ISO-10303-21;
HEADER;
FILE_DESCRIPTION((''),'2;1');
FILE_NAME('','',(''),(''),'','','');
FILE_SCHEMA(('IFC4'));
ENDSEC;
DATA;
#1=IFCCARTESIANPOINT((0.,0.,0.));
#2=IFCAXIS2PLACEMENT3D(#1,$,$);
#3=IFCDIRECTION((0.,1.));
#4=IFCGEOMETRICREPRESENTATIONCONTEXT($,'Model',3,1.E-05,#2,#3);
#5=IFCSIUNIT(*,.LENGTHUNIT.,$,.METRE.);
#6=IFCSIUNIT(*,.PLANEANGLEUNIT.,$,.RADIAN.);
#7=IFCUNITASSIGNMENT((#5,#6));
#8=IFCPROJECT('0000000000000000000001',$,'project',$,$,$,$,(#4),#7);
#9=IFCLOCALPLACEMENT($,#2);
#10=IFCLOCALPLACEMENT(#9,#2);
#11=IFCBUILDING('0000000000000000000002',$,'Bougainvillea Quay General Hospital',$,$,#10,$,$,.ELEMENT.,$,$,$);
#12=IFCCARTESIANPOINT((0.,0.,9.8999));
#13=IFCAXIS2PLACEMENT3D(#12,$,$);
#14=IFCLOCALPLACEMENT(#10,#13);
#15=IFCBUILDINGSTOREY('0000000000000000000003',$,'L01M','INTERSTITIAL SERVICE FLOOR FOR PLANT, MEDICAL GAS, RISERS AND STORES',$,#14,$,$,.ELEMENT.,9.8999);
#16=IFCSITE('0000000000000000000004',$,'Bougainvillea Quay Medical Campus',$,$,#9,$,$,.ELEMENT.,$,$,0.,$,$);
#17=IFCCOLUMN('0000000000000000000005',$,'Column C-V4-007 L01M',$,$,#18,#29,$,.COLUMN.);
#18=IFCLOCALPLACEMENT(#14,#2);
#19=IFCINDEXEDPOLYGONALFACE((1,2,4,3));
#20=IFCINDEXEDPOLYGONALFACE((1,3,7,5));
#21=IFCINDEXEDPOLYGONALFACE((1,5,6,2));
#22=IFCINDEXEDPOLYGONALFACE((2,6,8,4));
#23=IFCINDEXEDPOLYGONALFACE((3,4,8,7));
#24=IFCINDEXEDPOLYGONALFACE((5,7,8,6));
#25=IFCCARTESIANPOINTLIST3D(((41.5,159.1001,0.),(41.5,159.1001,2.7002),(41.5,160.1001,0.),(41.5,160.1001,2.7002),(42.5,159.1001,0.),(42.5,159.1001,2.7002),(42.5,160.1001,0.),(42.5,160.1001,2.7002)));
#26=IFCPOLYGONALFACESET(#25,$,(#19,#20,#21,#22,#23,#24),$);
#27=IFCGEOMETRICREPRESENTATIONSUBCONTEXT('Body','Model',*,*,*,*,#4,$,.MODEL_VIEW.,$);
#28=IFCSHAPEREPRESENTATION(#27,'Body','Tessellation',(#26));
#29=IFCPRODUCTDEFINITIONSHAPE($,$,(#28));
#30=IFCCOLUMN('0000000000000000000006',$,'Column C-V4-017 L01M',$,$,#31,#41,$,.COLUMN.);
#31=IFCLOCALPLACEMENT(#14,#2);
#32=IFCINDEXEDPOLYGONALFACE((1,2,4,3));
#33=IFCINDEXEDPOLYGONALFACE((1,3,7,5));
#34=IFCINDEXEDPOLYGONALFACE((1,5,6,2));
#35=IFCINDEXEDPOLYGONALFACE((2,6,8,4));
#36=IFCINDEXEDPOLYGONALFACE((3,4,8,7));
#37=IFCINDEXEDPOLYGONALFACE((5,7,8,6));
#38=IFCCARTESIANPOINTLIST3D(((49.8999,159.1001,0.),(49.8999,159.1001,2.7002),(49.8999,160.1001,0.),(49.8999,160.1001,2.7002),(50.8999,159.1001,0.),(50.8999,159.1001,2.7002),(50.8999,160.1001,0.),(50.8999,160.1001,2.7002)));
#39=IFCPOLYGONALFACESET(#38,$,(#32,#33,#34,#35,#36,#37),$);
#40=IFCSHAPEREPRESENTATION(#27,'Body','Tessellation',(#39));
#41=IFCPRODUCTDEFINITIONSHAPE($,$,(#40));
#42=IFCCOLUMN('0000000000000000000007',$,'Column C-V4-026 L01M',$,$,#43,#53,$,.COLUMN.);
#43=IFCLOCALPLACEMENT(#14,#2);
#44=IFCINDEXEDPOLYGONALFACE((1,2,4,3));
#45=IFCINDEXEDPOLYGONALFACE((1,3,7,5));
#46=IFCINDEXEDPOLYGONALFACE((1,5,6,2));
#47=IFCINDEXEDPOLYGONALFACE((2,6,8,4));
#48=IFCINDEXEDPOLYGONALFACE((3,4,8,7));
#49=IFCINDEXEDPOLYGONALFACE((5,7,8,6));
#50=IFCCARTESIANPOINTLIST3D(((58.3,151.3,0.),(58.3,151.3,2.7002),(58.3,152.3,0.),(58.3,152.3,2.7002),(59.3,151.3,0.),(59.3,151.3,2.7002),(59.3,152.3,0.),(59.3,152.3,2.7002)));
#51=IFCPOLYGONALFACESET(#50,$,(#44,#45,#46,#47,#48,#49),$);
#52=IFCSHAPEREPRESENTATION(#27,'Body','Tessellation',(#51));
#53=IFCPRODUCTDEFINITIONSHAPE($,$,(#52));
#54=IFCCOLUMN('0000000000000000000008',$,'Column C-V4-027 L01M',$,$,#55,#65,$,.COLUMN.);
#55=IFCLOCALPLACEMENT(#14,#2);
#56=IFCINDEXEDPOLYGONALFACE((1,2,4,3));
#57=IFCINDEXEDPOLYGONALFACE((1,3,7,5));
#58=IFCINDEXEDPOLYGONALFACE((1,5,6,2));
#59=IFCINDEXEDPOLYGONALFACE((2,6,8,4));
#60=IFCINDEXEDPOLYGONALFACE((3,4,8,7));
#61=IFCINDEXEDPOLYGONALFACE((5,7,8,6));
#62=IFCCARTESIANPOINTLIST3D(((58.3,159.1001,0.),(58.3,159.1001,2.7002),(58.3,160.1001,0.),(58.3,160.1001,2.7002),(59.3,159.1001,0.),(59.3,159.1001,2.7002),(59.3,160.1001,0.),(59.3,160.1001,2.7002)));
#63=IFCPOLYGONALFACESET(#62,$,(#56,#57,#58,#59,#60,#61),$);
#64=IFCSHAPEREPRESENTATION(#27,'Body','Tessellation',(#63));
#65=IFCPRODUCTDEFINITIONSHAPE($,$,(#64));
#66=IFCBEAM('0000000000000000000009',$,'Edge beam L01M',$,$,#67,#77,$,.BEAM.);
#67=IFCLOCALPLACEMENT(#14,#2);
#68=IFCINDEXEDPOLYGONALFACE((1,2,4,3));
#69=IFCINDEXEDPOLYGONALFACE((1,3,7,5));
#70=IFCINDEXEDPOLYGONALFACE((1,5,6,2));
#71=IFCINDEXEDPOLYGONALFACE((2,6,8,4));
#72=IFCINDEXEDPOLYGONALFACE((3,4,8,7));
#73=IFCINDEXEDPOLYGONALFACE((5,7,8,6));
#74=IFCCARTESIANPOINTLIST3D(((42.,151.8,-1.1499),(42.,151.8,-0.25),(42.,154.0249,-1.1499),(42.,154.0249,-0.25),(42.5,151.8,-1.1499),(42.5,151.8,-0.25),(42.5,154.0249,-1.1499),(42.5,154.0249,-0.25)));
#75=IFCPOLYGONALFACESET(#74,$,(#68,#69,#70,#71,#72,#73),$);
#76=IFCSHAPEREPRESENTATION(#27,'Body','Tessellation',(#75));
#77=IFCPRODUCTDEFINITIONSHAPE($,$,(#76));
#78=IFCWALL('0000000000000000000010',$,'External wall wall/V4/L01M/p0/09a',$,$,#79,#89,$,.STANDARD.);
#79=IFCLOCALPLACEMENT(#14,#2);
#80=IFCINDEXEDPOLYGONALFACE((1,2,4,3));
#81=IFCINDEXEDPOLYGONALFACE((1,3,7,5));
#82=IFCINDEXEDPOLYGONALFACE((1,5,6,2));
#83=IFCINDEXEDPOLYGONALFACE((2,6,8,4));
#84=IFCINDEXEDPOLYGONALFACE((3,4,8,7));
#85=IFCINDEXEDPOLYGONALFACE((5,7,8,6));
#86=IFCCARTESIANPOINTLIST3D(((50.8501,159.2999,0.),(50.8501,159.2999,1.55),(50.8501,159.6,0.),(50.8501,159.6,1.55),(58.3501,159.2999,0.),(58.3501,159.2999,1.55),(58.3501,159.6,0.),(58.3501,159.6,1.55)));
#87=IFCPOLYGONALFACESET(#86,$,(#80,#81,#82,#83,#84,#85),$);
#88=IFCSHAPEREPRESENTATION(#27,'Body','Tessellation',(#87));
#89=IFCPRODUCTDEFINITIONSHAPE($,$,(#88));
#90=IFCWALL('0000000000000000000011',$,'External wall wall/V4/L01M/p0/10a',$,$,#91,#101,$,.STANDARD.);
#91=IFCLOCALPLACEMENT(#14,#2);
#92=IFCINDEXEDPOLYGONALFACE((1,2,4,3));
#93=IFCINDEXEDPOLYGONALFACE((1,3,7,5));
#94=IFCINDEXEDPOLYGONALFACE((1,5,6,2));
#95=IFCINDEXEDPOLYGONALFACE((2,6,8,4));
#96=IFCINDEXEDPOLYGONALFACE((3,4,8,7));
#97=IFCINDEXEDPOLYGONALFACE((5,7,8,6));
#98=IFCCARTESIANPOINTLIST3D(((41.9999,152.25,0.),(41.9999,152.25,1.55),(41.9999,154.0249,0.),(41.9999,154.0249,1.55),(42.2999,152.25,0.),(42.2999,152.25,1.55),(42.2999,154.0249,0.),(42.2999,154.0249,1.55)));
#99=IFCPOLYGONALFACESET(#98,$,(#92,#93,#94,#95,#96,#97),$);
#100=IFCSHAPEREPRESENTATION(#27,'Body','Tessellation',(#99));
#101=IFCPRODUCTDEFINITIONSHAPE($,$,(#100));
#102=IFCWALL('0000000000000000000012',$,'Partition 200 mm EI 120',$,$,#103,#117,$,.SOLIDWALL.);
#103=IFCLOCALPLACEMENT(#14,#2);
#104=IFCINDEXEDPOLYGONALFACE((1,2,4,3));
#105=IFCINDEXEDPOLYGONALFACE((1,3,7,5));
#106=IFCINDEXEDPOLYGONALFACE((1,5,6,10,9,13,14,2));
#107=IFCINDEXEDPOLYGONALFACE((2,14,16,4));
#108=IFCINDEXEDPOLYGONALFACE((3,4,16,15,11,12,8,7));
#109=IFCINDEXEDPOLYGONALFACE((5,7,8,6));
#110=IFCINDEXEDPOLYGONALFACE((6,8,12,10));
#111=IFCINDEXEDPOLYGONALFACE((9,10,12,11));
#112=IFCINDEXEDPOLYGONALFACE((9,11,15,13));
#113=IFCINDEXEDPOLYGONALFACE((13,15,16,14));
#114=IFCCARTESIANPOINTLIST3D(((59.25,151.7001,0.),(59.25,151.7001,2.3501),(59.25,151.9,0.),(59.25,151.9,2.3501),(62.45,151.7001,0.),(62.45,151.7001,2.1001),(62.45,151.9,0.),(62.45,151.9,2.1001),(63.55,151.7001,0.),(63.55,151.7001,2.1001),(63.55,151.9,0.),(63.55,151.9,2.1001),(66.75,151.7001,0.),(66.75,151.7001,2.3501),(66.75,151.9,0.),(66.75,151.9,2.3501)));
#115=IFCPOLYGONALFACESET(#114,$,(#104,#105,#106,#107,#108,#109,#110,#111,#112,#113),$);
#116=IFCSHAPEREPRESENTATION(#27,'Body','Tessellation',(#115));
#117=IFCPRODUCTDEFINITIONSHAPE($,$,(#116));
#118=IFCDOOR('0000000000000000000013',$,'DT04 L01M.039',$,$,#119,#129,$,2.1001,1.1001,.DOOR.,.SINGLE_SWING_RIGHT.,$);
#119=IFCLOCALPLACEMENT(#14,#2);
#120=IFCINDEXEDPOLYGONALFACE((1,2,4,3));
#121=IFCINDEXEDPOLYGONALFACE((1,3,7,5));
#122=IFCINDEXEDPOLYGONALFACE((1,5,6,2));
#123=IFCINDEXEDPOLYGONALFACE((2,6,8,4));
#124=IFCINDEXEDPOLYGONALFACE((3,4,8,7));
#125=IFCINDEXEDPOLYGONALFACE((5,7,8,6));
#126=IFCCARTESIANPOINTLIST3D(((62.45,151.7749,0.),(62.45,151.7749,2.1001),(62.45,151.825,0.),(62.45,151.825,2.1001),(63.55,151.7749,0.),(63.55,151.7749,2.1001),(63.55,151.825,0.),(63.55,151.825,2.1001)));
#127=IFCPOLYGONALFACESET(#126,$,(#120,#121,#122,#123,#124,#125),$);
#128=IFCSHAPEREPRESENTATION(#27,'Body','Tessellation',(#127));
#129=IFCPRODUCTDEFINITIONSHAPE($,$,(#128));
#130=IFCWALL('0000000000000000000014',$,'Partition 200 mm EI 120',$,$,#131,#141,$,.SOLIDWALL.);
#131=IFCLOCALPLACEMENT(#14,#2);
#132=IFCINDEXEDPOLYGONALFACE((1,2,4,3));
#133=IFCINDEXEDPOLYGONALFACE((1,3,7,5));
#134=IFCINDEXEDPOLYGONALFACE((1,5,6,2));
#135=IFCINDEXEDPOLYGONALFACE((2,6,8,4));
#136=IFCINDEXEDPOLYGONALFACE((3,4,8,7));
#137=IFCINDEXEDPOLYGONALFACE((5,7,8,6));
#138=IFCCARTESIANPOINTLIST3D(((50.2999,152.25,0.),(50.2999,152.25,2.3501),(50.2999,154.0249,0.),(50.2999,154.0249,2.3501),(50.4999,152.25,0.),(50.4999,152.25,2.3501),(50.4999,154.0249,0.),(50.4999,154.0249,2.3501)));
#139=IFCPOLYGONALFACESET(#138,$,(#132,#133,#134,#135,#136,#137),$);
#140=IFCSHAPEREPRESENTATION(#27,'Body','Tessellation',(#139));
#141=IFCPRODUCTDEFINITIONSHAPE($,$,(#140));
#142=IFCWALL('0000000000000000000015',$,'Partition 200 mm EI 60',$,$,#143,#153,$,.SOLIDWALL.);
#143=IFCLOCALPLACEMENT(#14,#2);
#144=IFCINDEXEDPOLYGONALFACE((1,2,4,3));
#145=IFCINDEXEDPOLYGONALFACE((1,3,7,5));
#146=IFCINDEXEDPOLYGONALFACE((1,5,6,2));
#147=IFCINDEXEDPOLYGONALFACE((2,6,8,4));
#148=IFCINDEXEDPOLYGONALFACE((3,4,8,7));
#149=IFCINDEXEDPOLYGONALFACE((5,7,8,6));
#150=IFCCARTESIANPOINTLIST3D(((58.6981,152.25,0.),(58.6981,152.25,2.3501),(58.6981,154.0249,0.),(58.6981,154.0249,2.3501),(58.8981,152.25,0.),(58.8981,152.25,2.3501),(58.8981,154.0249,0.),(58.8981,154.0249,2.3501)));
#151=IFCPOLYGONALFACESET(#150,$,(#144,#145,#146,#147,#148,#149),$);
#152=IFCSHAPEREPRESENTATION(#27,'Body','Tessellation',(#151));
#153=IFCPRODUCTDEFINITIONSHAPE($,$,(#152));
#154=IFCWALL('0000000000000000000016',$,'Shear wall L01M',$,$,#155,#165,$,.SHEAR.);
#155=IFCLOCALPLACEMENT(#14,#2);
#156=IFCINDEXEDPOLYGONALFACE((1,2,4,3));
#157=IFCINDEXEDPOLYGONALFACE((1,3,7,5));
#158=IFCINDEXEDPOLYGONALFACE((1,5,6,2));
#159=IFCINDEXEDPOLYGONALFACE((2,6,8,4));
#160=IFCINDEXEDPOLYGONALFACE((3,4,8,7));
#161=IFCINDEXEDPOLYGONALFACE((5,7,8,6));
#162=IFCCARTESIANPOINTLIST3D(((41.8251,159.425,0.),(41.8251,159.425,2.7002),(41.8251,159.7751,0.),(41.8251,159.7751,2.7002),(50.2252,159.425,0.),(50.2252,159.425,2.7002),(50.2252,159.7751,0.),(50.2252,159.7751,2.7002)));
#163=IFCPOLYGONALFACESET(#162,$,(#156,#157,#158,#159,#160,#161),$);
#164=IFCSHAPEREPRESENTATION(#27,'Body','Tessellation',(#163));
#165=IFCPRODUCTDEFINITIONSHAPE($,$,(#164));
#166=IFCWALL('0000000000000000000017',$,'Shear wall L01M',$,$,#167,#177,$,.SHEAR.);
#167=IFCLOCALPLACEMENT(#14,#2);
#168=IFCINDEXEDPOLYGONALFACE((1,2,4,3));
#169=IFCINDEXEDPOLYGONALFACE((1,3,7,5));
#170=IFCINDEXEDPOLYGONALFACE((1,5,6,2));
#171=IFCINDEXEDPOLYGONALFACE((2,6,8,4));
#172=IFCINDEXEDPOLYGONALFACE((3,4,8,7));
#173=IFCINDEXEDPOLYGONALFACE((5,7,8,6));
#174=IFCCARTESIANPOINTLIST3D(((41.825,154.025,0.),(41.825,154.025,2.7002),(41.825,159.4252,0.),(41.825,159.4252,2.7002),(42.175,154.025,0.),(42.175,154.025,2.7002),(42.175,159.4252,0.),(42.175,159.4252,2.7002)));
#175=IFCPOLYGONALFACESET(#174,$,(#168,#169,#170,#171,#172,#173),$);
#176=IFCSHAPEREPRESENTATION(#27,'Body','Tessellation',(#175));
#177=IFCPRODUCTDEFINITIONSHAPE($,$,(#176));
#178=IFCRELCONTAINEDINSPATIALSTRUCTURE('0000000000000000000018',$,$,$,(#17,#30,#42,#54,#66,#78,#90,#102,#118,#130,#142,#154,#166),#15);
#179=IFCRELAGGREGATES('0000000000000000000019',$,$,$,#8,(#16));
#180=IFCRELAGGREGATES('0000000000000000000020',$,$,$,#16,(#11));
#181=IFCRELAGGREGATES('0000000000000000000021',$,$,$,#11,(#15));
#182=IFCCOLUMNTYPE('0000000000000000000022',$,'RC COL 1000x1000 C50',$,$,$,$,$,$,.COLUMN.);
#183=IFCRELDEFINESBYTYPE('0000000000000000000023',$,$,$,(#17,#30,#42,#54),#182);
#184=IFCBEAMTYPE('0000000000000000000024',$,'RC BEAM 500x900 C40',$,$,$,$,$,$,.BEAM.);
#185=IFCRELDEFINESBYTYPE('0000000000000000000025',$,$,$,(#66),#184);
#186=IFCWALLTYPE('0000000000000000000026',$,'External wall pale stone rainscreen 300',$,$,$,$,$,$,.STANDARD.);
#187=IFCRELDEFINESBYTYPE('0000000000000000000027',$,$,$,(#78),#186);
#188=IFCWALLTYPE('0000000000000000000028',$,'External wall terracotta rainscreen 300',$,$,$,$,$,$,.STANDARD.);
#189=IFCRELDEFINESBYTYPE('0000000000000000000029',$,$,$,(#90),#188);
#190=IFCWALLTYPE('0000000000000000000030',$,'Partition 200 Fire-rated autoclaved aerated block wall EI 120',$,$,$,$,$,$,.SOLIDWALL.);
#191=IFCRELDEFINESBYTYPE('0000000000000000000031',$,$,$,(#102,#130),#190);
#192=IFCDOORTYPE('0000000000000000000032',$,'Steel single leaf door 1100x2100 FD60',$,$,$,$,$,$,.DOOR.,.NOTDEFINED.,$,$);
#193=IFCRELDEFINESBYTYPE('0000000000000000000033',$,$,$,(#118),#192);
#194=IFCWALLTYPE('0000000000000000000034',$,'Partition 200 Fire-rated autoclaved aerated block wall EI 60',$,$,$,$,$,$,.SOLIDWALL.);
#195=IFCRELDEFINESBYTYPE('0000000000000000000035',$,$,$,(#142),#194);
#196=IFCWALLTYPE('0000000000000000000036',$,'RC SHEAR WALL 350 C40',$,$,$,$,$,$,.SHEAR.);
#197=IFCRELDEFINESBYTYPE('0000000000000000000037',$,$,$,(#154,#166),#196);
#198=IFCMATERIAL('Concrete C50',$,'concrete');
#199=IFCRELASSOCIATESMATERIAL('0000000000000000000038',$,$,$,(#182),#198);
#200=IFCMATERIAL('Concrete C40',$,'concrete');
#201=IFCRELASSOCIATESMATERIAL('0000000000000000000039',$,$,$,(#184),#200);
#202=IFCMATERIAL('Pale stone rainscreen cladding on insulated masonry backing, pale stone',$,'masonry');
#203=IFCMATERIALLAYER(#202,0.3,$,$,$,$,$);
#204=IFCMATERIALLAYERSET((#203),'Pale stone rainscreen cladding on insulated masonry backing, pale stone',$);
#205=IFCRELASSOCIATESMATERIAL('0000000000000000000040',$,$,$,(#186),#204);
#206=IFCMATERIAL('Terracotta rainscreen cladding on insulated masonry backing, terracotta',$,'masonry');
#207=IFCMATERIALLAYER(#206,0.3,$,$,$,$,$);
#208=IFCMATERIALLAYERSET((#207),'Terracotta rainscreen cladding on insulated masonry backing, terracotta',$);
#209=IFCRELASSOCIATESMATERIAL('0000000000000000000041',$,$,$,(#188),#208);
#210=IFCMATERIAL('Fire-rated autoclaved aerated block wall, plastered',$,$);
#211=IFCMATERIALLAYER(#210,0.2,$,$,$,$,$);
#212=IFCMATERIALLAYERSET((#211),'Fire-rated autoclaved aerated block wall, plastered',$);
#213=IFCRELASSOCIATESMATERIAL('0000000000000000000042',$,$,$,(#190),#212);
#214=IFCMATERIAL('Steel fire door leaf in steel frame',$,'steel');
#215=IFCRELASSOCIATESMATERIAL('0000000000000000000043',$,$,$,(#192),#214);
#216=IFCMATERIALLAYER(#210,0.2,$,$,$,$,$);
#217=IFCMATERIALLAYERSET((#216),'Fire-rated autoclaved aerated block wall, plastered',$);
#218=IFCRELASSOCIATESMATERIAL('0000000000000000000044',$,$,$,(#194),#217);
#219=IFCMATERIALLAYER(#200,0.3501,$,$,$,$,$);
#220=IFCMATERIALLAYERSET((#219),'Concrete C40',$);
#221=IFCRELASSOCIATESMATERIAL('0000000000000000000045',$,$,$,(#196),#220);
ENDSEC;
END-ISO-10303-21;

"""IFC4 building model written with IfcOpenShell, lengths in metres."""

from ifc_helpers import new_model, si_unit, direction, frame, frame_2d, origin, origin_2d, place, context, subcontext, project, spatial, rectangle, extrude, material, layer, layer_set, material_profile, profile_set, type_object, element, fill, save


model = new_model("IFC4")

# Units and contexts
model_context = context("Model", 3, precision=1e-05, world=origin(), true_north=direction((0.0, 1.0)))
body_context = subcontext(model_context, "Body", "Model", "MODEL_VIEW")
ifc_project = project(units=[si_unit("LENGTHUNIT", "METRE"), si_unit("PLANEANGLEUNIT", "RADIAN")], contexts=[model_context])

# Site, building, storey
site_placement = place(None, origin())
site = spatial("IfcSite", under=ifc_project, at=site_placement, Name="Bougainvillea Quay Medical Campus", CompositionType="ELEMENT", RefElevation=0.0)
building_placement = place(site_placement, origin())
building = spatial("IfcBuilding", under=site, at=building_placement, Name="Bougainvillea Quay General Hospital", CompositionType="ELEMENT")
storey_placement = place(building_placement, frame((0.0, 0.0, 9.8999)))
storey = spatial("IfcBuildingStorey", under=building, at=storey_placement, Name="L01M", Description="INTERSTITIAL SERVICE FLOOR FOR PLANT, MEDICAL GAS, RISERS AND STORES", CompositionType="ELEMENT", Elevation=9.8999)

# Columns
ifc_material_1 = material(Name="Concrete C50", Category="concrete")
ifc_material_profile_1 = material_profile(ifc_material_1, rectangle(XDim=1.0, YDim=1.0, at=origin_2d()))
ifc_profile_set_1 = profile_set([ifc_material_profile_1], Name="Concrete C50")
column_type = type_object("IfcColumnType", Name="RC COL 1000x1000 C50", PredefinedType="COLUMN", material=ifc_profile_set_1)
for number, where, z_axis, x_axis, name in (
    (1, (42.0, 159.6001, 0.0), (0.0, 0.0, 1.0), (1.0, 0.0, 0.0), "Column C-V4-007 L01M"),
    (2, (50.3999, 159.6001, 0.0), (0.0, 0.0, 1.0), (1.0, 0.0, 0.0), "Column C-V4-017 L01M"),
    (3, (58.8, 151.8, 0.0), (0.0, 0.0, 1.0), (1.0, 0.0, 0.0), "Column C-V4-026 L01M"),
    (4, (58.8, 159.6001, 0.0), (0.0, 0.0, 1.0), (1.0, 0.0, 0.0), "Column C-V4-027 L01M"),
):
    element("IfcColumn", number, at=place(storey_placement, frame(where, z_axis=z_axis, x_axis=x_axis)), inside=storey, type_object=column_type, Name=name, PredefinedType="COLUMN", context=body_context, shape_type="SweptSolid", body=[
        extrude(rectangle(XDim=1.0, YDim=1.0, at=origin_2d()), origin(), (0.0, 0.0, 1.0), 2.7002),
    ])

# Beam
ifc_material_2 = material(Name="Concrete C40", Category="concrete")
ifc_material_profile_2 = material_profile(ifc_material_2, rectangle(XDim=0.5, YDim=0.8999, at=origin_2d()))
ifc_profile_set_2 = profile_set([ifc_material_profile_2], Name="Concrete C40")
beam_type = type_object("IfcBeamType", Name="RC BEAM 500x900 C40", PredefinedType="BEAM", material=ifc_profile_set_2)
beam_placement = place(storey_placement, frame((42.25, 154.0249, -0.7), z_axis=(0.0, -1.0, 0.0), x_axis=(1.0, 0.0, 0.0)))
element("IfcBeam", 5, at=beam_placement, inside=storey, type_object=beam_type, Name="Edge beam L01M", PredefinedType="BEAM", context=body_context, shape_type="SweptSolid", body=[
    extrude(rectangle(XDim=0.5, YDim=0.8999, at=origin_2d()), origin(), (0.0, 0.0, 1.0), 2.2249),
])

# Walls
ifc_material_3 = material(Name="Pale stone rainscreen cladding on insulated masonry backing, pale stone", Category="masonry")
ifc_layer_1 = layer(ifc_material_3, 0.3)
ifc_layer_set_1 = layer_set([ifc_layer_1], Name="Pale stone rainscreen cladding on insulated masonry backing, pale stone")
wall_type_1 = type_object("IfcWallType", Name="External wall pale stone rainscreen 300", PredefinedType="STANDARD", material=ifc_layer_set_1)
wall_1_placement = place(storey_placement, frame((58.3501, 159.45, 0.0), z_axis=(0.0, 0.0, 1.0), x_axis=(-1.0, 0.0, 0.0)))
element("IfcWall", 6, at=wall_1_placement, inside=storey, type_object=wall_type_1, Name="External wall wall/V4/L01M/p0/09a", PredefinedType="STANDARD", context=body_context, shape_type="SweptSolid", body=[
    extrude(rectangle(XDim=7.5, YDim=0.3, at=frame_2d((3.75, 0.0))), origin(), (0.0, 0.0, 1.0), 1.55),
])
ifc_material_4 = material(Name="Terracotta rainscreen cladding on insulated masonry backing, terracotta", Category="masonry")
ifc_layer_2 = layer(ifc_material_4, 0.3)
ifc_layer_set_2 = layer_set([ifc_layer_2], Name="Terracotta rainscreen cladding on insulated masonry backing, terracotta")
wall_type_2 = type_object("IfcWallType", Name="External wall terracotta rainscreen 300", PredefinedType="STANDARD", material=ifc_layer_set_2)
wall_2_placement = place(storey_placement, frame((42.1499, 154.0249, 0.0), z_axis=(0.0, 0.0, 1.0), x_axis=(0.0, -1.0, 0.0)))
element("IfcWall", 7, at=wall_2_placement, inside=storey, type_object=wall_type_2, Name="External wall wall/V4/L01M/p0/10a", PredefinedType="STANDARD", context=body_context, shape_type="SweptSolid", body=[
    extrude(rectangle(XDim=1.7749, YDim=0.3, at=frame_2d((0.8875, 0.0))), origin(), (0.0, 0.0, 1.0), 1.55),
])

# Wall, opening, door
ifc_material_5 = material(Name="Fire-rated autoclaved aerated block wall, plastered")
ifc_layer_3 = layer(ifc_material_5, 0.2)
ifc_layer_set_3 = layer_set([ifc_layer_3], Name="Fire-rated autoclaved aerated block wall, plastered")
wall_type_3 = type_object("IfcWallType", Name="Partition 200 Fire-rated autoclaved aerated block wall EI 120", PredefinedType="SOLIDWALL", material=ifc_layer_set_3)
wall_3_placement = place(storey_placement, frame((59.25, 151.8, 0.0), z_axis=(0.0, 0.0, 1.0), x_axis=(1.0, 0.0, 0.0)))
wall_3 = element("IfcWall", 8, at=wall_3_placement, inside=storey, type_object=wall_type_3, Name="Partition 200 mm EI 120", PredefinedType="SOLIDWALL", context=body_context, shape_type="SweptSolid", body=[
    extrude(rectangle(XDim=7.5, YDim=0.2, at=frame_2d((3.75, 0.0))), origin(), (0.0, 0.0, 1.0), 2.3501),
])
opening_1_placement = place(wall_3_placement, frame((3.2, 0.0, 0.0)))
opening_1 = element("IfcOpeningElement", 9, at=opening_1_placement, cuts=wall_3, PredefinedType="OPENING", context=body_context, shape_type="SweptSolid", body=[
    extrude(rectangle(XDim=1.1001, YDim=2.1001, at=frame_2d((0.55, 1.05))), frame((0.0, 0.1099, 0.0), z_axis=(0.0, -1.0, 0.0), x_axis=(1.0, 0.0, 0.0)), (0.0, 0.0, 1.0), 0.22),
])
ifc_material_6 = material(Name="Steel fire door leaf in steel frame", Category="steel")
door_type = type_object("IfcDoorType", Name="Steel single leaf door 1100x2100 FD60", OperationType="NOTDEFINED", PredefinedType="DOOR", material=ifc_material_6)
door_1_placement = place(opening_1_placement, origin())
door_1 = element("IfcDoor", 10, at=door_1_placement, inside=storey, type_object=door_type, Name="DT04 L01M.039", OperationType="SINGLE_SWING_RIGHT", OverallHeight=2.1001, OverallWidth=1.1001, PredefinedType="DOOR", context=body_context, shape_type="SweptSolid", body=[
    extrude(rectangle(XDim=1.1001, YDim=2.1001, at=frame_2d((0.55, 1.05))), frame((0.0, 0.0249, 0.0), z_axis=(0.0, -1.0, 0.0), x_axis=(1.0, 0.0, 0.0)), (0.0, 0.0, 1.0), 0.05),
])
fill(opening_1, door_1)

# Walls
wall_4_placement = place(storey_placement, frame((50.3999, 152.25, 0.0), z_axis=(0.0, 0.0, 1.0), x_axis=(0.0, 1.0, 0.0)))
element("IfcWall", 11, at=wall_4_placement, inside=storey, type_object=wall_type_3, Name="Partition 200 mm EI 120", PredefinedType="SOLIDWALL", context=body_context, shape_type="SweptSolid", body=[
    extrude(rectangle(XDim=1.7749, YDim=0.2, at=frame_2d((0.8875, 0.0))), origin(), (0.0, 0.0, 1.0), 2.3501),
])
ifc_layer_4 = layer(ifc_material_5, 0.2)
ifc_layer_set_4 = layer_set([ifc_layer_4], Name="Fire-rated autoclaved aerated block wall, plastered")
wall_type_4 = type_object("IfcWallType", Name="Partition 200 Fire-rated autoclaved aerated block wall EI 60", PredefinedType="SOLIDWALL", material=ifc_layer_set_4)
wall_5_placement = place(storey_placement, frame((58.7981, 152.25, 0.0), z_axis=(0.0, 0.0, 1.0), x_axis=(0.0, 1.0, 0.0)))
element("IfcWall", 12, at=wall_5_placement, inside=storey, type_object=wall_type_4, Name="Partition 200 mm EI 60", PredefinedType="SOLIDWALL", context=body_context, shape_type="SweptSolid", body=[
    extrude(rectangle(XDim=1.7749, YDim=0.2, at=frame_2d((0.8875, 0.0))), origin(), (0.0, 0.0, 1.0), 2.3501),
])
ifc_layer_5 = layer(ifc_material_2, 0.3501)
ifc_layer_set_5 = layer_set([ifc_layer_5], Name="Concrete C40")
wall_type_5 = type_object("IfcWallType", Name="RC SHEAR WALL 350 C40", PredefinedType="SHEAR", material=ifc_layer_set_5)
wall_6_placement = place(storey_placement, frame((41.825, 159.6001, 0.0), z_axis=(0.0, 0.0, 1.0), x_axis=(1.0, 0.0, 0.0)))
element("IfcWall", 13, at=wall_6_placement, inside=storey, type_object=wall_type_5, Name="Shear wall L01M", PredefinedType="SHEAR", context=body_context, shape_type="SweptSolid", body=[
    extrude(rectangle(XDim=8.4001, YDim=0.3501, at=frame_2d((4.2002, 0.0))), origin(), (0.0, 0.0, 1.0), 2.7002),
])
wall_7_placement = place(storey_placement, frame((42.0, 154.0249, 0.0), z_axis=(0.0, 0.0, 1.0), x_axis=(0.0, 1.0, 0.0)))
element("IfcWall", 14, at=wall_7_placement, inside=storey, type_object=wall_type_5, Name="Shear wall L01M", PredefinedType="SHEAR", context=body_context, shape_type="SweptSolid", body=[
    extrude(rectangle(XDim=5.4001, YDim=0.3501, at=frame_2d((2.7002, 0.0))), origin(), (0.0, 0.0, 1.0), 2.7002),
])

save(model, "model.ifc")
